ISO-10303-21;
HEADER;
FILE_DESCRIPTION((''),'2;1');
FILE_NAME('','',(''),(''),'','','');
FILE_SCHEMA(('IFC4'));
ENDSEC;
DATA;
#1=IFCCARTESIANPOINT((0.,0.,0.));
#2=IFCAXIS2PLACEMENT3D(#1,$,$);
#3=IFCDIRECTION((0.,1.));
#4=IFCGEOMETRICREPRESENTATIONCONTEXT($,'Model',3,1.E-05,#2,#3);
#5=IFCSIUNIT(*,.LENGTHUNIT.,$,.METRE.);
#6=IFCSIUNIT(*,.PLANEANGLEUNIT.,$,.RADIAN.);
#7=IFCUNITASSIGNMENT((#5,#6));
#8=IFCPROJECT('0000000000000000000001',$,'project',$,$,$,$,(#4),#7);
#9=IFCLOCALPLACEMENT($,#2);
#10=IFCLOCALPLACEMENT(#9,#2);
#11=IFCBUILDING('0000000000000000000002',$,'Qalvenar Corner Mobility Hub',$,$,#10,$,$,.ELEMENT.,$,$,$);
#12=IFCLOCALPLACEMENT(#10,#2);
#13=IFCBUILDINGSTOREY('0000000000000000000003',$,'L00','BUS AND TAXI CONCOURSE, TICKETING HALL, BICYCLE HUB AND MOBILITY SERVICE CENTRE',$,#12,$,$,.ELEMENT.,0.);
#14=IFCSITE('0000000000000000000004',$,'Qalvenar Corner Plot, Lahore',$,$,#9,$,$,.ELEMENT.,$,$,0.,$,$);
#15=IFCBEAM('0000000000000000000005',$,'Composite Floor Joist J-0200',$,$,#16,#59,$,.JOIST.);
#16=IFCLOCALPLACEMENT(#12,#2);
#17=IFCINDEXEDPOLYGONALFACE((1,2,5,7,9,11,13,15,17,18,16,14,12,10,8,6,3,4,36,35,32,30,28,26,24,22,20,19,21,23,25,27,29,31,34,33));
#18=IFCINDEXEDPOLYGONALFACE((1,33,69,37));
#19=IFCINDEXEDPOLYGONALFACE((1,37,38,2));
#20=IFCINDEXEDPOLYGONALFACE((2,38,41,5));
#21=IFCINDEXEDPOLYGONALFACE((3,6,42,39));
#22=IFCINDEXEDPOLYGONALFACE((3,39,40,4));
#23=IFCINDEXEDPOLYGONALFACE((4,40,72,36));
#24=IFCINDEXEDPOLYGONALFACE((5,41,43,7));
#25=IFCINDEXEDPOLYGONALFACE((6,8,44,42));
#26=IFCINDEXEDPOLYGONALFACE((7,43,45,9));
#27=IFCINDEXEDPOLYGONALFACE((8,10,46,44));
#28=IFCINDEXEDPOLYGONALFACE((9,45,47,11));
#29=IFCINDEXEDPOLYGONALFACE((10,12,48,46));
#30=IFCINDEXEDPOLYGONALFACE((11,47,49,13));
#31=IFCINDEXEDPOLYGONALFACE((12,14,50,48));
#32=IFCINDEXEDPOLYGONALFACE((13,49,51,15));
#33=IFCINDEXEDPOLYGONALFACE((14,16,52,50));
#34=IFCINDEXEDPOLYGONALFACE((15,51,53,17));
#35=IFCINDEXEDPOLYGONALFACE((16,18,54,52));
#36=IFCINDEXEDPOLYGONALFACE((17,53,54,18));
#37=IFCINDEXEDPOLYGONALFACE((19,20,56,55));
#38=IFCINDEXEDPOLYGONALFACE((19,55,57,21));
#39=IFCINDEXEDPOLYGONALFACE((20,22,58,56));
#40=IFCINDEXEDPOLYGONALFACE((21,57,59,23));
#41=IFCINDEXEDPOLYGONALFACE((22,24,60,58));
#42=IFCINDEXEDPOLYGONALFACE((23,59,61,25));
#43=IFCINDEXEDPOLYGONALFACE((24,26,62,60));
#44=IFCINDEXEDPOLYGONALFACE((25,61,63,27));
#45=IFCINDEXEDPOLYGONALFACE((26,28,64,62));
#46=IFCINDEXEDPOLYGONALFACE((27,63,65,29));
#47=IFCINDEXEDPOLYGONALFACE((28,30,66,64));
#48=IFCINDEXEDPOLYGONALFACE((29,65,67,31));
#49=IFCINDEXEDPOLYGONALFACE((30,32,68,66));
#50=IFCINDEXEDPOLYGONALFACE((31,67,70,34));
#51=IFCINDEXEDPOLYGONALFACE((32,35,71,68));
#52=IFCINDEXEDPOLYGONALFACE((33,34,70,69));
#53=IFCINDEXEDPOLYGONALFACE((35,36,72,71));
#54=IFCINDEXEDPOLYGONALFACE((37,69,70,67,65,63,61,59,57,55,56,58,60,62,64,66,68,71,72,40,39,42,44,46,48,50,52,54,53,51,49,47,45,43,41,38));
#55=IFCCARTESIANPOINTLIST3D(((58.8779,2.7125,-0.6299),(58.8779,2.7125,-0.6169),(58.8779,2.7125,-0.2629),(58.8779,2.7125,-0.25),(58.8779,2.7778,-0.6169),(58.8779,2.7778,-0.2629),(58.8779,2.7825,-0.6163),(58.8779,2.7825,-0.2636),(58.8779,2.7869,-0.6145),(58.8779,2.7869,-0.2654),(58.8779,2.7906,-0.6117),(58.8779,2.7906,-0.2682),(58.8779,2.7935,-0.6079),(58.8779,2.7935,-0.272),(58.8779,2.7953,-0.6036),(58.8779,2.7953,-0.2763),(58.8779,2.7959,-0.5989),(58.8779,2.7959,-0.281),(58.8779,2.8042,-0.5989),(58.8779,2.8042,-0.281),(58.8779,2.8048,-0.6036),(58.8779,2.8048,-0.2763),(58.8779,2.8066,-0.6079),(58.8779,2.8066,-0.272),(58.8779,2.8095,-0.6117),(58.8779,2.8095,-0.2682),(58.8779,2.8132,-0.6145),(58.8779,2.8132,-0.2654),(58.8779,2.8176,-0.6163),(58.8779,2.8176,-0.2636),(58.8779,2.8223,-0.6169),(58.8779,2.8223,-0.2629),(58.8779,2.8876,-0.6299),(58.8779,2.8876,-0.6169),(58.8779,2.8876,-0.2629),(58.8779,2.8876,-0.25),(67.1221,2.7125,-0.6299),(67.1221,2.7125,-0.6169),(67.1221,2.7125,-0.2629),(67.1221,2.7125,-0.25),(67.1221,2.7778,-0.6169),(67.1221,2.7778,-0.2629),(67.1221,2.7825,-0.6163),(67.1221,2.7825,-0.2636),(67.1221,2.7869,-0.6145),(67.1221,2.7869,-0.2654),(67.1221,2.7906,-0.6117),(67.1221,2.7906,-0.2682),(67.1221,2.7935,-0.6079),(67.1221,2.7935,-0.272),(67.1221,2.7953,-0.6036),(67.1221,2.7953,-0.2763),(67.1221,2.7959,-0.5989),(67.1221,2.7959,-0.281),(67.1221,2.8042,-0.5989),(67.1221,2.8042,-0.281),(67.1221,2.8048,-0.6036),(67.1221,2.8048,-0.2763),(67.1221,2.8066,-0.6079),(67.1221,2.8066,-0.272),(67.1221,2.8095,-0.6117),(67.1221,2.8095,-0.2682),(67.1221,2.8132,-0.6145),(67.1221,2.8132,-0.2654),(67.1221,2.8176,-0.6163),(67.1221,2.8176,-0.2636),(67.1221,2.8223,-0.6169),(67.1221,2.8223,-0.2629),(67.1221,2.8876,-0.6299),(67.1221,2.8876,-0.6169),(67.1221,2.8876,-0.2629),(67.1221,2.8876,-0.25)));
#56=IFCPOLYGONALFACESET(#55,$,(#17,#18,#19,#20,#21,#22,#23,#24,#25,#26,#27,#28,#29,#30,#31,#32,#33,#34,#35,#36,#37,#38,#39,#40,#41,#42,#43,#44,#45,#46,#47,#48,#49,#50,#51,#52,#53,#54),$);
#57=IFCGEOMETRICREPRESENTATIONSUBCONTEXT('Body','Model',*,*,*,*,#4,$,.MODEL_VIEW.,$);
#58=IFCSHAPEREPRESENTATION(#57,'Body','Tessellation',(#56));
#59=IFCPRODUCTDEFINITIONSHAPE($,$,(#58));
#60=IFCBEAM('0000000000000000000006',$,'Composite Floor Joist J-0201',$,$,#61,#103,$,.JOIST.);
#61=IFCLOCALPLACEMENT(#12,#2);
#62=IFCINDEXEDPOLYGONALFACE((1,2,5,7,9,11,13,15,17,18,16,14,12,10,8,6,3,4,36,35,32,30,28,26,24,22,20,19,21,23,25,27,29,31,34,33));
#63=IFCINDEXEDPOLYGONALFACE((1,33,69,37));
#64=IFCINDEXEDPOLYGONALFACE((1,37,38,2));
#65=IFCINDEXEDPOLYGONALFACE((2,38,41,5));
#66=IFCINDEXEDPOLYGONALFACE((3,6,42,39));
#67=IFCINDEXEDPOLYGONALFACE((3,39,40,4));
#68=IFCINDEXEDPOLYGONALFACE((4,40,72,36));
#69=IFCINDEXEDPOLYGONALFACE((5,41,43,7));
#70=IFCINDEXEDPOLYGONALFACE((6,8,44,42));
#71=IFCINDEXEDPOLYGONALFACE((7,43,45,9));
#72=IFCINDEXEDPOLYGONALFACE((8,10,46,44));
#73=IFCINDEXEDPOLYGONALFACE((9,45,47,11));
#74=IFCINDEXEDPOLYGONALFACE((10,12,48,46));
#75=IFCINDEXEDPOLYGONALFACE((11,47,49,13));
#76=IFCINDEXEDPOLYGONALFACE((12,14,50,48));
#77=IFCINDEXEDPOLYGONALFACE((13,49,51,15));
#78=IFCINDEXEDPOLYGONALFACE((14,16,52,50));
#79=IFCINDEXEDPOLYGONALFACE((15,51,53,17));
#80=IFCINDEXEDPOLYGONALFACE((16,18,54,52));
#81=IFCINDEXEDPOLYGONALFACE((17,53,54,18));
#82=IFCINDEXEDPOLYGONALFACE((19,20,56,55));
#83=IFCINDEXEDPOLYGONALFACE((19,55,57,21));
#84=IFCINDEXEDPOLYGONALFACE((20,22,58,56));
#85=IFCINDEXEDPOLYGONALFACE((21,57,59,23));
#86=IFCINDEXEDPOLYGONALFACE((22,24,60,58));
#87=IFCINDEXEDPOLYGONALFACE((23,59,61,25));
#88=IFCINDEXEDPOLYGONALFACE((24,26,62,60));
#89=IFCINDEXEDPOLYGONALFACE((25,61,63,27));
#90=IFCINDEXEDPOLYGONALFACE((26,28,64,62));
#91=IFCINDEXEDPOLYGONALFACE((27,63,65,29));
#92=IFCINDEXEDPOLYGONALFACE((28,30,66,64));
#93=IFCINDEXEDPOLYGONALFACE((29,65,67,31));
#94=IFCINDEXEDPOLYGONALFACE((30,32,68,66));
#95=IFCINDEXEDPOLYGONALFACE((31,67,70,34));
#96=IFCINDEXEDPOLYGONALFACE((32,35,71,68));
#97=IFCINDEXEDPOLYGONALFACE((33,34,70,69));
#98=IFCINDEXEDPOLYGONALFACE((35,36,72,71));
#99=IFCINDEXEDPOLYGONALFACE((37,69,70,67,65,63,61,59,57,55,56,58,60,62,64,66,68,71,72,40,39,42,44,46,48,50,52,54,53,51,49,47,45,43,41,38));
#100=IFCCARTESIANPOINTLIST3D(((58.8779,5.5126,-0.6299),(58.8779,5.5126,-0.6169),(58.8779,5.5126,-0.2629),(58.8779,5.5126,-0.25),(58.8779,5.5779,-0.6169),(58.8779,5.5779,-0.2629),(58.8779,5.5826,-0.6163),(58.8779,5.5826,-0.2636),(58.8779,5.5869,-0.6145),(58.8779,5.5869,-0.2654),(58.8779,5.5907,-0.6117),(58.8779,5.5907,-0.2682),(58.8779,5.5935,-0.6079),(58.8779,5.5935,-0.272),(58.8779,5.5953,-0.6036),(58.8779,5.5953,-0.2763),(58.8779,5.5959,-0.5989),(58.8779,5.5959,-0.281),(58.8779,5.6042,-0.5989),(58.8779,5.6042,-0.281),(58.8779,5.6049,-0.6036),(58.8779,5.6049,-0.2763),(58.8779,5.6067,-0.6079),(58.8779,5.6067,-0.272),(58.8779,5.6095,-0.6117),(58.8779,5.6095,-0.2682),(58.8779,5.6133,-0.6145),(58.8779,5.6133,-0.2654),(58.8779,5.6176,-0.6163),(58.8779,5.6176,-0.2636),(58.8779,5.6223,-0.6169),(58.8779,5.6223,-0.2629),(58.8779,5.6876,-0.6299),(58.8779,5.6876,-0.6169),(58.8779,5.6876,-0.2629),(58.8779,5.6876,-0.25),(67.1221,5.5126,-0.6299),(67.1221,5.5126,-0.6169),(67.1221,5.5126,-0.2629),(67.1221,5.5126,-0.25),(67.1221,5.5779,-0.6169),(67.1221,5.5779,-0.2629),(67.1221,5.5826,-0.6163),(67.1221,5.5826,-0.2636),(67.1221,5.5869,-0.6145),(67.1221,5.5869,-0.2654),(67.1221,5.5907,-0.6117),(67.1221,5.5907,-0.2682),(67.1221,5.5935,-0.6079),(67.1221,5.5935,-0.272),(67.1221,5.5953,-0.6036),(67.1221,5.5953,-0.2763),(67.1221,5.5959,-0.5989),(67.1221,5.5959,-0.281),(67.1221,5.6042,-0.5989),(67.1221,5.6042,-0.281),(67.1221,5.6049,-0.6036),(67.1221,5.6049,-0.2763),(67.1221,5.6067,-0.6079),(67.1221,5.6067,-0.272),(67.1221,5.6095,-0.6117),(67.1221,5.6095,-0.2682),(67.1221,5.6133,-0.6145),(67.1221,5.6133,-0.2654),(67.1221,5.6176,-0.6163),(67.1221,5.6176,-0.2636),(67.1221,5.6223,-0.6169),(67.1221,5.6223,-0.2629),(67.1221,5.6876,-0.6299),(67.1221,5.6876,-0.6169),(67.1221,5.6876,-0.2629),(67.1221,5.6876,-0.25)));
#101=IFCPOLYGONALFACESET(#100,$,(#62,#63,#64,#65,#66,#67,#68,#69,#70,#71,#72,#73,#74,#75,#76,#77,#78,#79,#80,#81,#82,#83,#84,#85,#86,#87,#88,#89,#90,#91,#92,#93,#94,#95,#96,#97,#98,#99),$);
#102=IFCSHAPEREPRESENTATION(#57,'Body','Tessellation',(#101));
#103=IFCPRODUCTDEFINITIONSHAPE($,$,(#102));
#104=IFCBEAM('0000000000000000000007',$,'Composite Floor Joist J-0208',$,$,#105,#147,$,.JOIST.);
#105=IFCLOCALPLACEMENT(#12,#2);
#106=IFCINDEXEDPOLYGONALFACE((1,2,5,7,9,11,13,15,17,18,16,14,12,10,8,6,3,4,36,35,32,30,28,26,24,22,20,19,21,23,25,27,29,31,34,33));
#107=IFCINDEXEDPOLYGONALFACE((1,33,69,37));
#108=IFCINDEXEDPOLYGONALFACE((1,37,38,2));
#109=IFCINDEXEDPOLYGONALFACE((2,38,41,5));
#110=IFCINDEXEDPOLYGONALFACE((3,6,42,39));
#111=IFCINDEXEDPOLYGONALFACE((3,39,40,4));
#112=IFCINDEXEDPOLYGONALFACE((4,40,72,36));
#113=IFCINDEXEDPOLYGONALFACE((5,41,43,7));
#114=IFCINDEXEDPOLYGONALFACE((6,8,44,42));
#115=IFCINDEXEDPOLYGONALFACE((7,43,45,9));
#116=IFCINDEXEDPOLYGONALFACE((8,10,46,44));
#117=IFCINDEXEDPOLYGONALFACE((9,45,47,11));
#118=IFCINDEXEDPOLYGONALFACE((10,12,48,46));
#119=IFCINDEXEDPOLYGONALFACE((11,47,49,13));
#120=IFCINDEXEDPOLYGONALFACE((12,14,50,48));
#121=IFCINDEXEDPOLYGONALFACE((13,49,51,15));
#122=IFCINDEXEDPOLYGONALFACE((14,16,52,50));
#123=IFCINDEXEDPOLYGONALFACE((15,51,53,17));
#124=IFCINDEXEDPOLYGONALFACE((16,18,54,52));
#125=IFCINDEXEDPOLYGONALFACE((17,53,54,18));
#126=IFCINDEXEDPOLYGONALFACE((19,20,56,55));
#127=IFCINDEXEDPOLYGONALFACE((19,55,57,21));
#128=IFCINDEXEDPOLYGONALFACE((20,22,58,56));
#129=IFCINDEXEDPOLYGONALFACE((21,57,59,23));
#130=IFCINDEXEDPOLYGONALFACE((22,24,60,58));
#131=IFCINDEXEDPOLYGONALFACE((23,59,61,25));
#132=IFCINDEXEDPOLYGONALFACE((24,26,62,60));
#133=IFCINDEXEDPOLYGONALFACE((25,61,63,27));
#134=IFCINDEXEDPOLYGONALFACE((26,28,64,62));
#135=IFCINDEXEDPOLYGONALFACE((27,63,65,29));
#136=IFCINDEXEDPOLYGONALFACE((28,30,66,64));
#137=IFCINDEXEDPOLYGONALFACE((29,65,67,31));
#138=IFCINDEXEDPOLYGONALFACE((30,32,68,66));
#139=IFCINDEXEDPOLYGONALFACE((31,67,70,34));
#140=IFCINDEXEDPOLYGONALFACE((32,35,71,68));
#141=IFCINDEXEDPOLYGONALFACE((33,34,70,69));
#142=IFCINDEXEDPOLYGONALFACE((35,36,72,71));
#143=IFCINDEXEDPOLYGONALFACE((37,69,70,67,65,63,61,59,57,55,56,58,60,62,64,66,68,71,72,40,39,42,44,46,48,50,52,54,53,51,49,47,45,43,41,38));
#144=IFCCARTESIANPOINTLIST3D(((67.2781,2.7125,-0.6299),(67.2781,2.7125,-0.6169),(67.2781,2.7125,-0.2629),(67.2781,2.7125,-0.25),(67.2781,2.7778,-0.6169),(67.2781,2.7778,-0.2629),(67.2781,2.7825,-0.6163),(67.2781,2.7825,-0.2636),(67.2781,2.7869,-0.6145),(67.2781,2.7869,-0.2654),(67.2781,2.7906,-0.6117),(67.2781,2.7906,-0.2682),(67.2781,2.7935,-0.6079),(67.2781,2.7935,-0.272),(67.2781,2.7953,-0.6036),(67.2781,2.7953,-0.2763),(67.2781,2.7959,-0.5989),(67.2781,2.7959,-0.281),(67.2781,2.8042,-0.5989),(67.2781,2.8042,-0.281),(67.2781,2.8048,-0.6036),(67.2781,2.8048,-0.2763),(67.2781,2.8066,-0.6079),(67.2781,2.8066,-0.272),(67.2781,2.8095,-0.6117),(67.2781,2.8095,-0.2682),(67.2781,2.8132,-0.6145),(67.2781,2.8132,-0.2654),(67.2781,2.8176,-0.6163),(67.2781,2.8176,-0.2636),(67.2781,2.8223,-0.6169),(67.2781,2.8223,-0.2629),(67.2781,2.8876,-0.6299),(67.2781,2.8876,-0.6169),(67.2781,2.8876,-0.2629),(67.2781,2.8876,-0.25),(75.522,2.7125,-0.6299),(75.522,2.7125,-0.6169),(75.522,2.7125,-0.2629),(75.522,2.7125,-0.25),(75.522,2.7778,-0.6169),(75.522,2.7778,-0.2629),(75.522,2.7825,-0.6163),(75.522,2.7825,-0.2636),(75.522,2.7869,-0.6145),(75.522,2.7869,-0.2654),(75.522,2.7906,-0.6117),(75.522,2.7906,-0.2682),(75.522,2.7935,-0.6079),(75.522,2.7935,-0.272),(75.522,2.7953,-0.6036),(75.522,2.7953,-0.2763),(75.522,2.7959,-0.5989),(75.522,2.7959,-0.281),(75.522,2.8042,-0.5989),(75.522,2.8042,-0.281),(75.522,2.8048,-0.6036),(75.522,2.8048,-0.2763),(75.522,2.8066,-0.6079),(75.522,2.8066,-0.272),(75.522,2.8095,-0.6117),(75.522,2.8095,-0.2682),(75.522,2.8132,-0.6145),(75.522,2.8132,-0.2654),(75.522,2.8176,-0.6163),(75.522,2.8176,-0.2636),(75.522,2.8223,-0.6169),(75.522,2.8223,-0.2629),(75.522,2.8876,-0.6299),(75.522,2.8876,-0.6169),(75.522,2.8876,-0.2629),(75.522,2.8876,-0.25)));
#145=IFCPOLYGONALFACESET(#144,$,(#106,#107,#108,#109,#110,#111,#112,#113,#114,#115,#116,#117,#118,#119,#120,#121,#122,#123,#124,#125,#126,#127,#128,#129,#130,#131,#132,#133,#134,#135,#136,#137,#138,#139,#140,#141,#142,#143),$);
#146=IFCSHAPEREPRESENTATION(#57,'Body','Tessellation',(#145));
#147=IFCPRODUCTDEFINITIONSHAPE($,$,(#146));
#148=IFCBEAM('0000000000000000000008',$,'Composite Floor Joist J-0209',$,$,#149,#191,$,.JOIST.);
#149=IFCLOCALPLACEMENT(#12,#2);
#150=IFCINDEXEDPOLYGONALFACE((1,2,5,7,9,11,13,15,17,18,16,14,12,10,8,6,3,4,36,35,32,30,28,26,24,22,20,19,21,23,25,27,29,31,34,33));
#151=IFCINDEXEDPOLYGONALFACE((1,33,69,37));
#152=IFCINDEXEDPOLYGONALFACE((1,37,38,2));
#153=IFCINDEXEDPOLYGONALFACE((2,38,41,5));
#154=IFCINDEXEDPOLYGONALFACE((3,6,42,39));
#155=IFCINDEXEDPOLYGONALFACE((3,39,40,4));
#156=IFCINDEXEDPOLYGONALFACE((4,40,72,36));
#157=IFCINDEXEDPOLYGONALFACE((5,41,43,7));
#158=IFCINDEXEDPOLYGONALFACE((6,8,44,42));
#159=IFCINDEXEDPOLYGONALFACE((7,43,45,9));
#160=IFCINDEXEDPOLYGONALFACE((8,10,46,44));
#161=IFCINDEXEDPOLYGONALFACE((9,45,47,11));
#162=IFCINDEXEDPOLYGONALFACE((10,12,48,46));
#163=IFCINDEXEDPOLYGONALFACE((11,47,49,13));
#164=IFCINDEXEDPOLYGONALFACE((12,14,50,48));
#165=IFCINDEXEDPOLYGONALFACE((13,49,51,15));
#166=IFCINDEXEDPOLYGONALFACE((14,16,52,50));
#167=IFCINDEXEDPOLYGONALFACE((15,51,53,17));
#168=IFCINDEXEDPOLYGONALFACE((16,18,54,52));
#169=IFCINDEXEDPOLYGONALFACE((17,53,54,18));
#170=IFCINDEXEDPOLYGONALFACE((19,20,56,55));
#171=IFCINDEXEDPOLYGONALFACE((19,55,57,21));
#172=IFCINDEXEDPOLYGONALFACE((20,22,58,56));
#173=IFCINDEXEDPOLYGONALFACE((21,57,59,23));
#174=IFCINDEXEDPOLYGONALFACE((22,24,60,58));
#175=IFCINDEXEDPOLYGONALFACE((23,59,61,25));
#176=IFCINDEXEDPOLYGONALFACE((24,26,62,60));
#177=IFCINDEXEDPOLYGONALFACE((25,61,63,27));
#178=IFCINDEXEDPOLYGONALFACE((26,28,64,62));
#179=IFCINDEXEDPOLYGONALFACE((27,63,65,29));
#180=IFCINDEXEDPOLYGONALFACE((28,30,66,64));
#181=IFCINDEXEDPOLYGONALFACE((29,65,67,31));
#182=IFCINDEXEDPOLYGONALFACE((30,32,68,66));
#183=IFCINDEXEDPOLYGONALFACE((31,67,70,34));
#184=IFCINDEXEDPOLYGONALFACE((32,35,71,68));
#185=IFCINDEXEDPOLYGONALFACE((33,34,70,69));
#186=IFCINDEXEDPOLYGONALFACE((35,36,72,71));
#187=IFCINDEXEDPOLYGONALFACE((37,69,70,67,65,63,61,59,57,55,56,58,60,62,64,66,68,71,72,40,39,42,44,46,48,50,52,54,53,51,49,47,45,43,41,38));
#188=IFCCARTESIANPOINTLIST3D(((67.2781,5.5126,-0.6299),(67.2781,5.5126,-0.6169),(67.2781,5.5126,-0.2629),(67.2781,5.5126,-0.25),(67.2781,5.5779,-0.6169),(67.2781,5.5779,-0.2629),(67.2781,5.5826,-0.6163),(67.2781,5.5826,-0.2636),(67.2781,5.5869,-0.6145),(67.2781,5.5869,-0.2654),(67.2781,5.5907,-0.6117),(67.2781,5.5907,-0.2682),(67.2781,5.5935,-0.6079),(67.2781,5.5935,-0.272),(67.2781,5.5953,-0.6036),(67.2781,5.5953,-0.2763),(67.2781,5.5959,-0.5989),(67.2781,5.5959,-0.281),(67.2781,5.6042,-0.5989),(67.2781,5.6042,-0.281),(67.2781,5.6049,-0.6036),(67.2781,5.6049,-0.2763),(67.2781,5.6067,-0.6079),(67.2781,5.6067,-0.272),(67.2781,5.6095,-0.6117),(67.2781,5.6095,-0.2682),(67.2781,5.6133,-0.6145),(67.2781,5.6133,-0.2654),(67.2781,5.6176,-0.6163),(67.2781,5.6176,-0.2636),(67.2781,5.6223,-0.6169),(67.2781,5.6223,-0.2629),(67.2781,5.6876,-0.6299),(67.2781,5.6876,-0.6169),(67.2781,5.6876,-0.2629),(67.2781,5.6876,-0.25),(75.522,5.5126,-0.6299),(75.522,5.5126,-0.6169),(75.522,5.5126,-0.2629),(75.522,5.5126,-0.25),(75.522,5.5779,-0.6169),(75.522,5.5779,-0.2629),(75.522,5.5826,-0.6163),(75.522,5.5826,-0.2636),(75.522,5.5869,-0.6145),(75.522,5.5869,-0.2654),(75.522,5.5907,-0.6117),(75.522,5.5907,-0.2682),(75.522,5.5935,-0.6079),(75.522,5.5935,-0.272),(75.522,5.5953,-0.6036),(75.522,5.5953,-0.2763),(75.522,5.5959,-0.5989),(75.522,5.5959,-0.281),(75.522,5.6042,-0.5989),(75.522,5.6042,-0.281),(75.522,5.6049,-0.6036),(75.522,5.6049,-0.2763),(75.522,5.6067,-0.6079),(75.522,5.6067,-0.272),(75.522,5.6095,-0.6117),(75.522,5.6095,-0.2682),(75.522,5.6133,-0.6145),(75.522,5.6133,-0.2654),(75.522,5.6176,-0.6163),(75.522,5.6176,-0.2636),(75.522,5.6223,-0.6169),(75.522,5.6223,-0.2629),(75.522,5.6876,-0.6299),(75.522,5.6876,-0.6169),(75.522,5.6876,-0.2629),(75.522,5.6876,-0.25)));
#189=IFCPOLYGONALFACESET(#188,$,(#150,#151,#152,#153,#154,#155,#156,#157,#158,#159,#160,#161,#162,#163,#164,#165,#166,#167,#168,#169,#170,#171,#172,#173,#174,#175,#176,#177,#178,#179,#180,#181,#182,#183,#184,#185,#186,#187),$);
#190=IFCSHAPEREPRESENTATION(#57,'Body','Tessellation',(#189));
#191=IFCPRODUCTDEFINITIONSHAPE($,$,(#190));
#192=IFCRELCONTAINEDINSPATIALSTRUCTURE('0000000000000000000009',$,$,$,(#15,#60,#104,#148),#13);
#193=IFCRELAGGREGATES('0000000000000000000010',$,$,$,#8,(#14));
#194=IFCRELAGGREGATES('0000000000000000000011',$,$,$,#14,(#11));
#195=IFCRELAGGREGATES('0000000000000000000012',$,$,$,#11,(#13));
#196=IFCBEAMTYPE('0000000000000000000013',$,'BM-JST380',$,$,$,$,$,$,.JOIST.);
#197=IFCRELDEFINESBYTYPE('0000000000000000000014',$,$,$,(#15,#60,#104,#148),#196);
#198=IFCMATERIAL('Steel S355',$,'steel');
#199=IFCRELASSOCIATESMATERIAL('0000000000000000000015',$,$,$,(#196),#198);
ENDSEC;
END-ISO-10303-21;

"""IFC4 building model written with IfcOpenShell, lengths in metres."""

from ifc_helpers import new_model, si_unit, direction, frame, origin, origin_2d, place, context, subcontext, project, spatial, i_section, extrude, material, material_profile, profile_set, type_object, element, save


model = new_model("IFC4")

# Units and contexts
model_context = context("Model", 3, precision=1e-05, world=origin(), true_north=direction((0.0, 1.0)))
body_context = subcontext(model_context, "Body", "Model", "MODEL_VIEW")
ifc_project = project(units=[si_unit("LENGTHUNIT", "METRE"), si_unit("PLANEANGLEUNIT", "RADIAN")], contexts=[model_context])

# Site, building, storey
site_placement = place(None, origin())
site = spatial("IfcSite", under=ifc_project, at=site_placement, Name="Qalvenar Corner Plot, Lahore", CompositionType="ELEMENT", RefElevation=0.0)
building_placement = place(site_placement, origin())
building = spatial("IfcBuilding", under=site, at=building_placement, Name="Qalvenar Corner Mobility Hub", CompositionType="ELEMENT")
storey_placement = place(building_placement, origin())
storey = spatial("IfcBuildingStorey", under=building, at=storey_placement, Name="L00", Description="BUS AND TAXI CONCOURSE, TICKETING HALL, BICYCLE HUB AND MOBILITY SERVICE CENTRE", CompositionType="ELEMENT", Elevation=0.0)

# Shared definitions
ifc_material_1 = material(Name="Steel S355", Category="steel")

# Beams
ifc_material_profile_1 = material_profile(ifc_material_1, i_section(OverallWidth=0.175, OverallDepth=0.3799, WebThickness=0.0083, FlangeThickness=0.0129, FilletRadius=0.0181, at=origin_2d()), Name="IPE380-EQ")
ifc_profile_set_1 = profile_set([ifc_material_profile_1], Name="Steel S355")
beam_type_1 = type_object("IfcBeamType", Name="BM-JST380", PredefinedType="JOIST", material=ifc_profile_set_1)
for number, where, z_axis, x_axis, name in (
    (1, (58.8779, 2.8, -0.4399), (1.0, 0.0, 0.0), (0.0, 1.0, 0.0), "Composite Floor Joist J-0200"),
    (2, (58.8779, 5.6001, -0.4399), (1.0, 0.0, 0.0), (0.0, 1.0, 0.0), "Composite Floor Joist J-0201"),
):
    element("IfcBeam", number, at=place(storey_placement, frame(where, z_axis=z_axis, x_axis=x_axis)), inside=storey, type_object=beam_type_1, Name=name, PredefinedType="JOIST", context=body_context, shape_type="SweptSolid", body=[
        extrude(i_section(OverallWidth=0.175, OverallDepth=0.3799, WebThickness=0.0083, FlangeThickness=0.0129, FilletRadius=0.0181, at=origin_2d()), origin(), (0.0, 0.0, 1.0), 8.2441),
    ])
for number, where, z_axis, x_axis, name in (
    (3, (67.2781, 2.8, -0.4399), (1.0, 0.0, 0.0), (0.0, 1.0, 0.0), "Composite Floor Joist J-0208"),
    (4, (67.2781, 5.6001, -0.4399), (1.0, 0.0, 0.0), (0.0, 1.0, 0.0), "Composite Floor Joist J-0209"),
):
    element("IfcBeam", number, at=place(storey_placement, frame(where, z_axis=z_axis, x_axis=x_axis)), inside=storey, type_object=beam_type_1, Name=name, PredefinedType="JOIST", context=body_context, shape_type="SweptSolid", body=[
        extrude(i_section(OverallWidth=0.175, OverallDepth=0.3799, WebThickness=0.0083, FlangeThickness=0.0129, FilletRadius=0.0181, at=origin_2d()), origin(), (0.0, 0.0, 1.0), 8.2439),
    ])

save(model, "model.ifc")
